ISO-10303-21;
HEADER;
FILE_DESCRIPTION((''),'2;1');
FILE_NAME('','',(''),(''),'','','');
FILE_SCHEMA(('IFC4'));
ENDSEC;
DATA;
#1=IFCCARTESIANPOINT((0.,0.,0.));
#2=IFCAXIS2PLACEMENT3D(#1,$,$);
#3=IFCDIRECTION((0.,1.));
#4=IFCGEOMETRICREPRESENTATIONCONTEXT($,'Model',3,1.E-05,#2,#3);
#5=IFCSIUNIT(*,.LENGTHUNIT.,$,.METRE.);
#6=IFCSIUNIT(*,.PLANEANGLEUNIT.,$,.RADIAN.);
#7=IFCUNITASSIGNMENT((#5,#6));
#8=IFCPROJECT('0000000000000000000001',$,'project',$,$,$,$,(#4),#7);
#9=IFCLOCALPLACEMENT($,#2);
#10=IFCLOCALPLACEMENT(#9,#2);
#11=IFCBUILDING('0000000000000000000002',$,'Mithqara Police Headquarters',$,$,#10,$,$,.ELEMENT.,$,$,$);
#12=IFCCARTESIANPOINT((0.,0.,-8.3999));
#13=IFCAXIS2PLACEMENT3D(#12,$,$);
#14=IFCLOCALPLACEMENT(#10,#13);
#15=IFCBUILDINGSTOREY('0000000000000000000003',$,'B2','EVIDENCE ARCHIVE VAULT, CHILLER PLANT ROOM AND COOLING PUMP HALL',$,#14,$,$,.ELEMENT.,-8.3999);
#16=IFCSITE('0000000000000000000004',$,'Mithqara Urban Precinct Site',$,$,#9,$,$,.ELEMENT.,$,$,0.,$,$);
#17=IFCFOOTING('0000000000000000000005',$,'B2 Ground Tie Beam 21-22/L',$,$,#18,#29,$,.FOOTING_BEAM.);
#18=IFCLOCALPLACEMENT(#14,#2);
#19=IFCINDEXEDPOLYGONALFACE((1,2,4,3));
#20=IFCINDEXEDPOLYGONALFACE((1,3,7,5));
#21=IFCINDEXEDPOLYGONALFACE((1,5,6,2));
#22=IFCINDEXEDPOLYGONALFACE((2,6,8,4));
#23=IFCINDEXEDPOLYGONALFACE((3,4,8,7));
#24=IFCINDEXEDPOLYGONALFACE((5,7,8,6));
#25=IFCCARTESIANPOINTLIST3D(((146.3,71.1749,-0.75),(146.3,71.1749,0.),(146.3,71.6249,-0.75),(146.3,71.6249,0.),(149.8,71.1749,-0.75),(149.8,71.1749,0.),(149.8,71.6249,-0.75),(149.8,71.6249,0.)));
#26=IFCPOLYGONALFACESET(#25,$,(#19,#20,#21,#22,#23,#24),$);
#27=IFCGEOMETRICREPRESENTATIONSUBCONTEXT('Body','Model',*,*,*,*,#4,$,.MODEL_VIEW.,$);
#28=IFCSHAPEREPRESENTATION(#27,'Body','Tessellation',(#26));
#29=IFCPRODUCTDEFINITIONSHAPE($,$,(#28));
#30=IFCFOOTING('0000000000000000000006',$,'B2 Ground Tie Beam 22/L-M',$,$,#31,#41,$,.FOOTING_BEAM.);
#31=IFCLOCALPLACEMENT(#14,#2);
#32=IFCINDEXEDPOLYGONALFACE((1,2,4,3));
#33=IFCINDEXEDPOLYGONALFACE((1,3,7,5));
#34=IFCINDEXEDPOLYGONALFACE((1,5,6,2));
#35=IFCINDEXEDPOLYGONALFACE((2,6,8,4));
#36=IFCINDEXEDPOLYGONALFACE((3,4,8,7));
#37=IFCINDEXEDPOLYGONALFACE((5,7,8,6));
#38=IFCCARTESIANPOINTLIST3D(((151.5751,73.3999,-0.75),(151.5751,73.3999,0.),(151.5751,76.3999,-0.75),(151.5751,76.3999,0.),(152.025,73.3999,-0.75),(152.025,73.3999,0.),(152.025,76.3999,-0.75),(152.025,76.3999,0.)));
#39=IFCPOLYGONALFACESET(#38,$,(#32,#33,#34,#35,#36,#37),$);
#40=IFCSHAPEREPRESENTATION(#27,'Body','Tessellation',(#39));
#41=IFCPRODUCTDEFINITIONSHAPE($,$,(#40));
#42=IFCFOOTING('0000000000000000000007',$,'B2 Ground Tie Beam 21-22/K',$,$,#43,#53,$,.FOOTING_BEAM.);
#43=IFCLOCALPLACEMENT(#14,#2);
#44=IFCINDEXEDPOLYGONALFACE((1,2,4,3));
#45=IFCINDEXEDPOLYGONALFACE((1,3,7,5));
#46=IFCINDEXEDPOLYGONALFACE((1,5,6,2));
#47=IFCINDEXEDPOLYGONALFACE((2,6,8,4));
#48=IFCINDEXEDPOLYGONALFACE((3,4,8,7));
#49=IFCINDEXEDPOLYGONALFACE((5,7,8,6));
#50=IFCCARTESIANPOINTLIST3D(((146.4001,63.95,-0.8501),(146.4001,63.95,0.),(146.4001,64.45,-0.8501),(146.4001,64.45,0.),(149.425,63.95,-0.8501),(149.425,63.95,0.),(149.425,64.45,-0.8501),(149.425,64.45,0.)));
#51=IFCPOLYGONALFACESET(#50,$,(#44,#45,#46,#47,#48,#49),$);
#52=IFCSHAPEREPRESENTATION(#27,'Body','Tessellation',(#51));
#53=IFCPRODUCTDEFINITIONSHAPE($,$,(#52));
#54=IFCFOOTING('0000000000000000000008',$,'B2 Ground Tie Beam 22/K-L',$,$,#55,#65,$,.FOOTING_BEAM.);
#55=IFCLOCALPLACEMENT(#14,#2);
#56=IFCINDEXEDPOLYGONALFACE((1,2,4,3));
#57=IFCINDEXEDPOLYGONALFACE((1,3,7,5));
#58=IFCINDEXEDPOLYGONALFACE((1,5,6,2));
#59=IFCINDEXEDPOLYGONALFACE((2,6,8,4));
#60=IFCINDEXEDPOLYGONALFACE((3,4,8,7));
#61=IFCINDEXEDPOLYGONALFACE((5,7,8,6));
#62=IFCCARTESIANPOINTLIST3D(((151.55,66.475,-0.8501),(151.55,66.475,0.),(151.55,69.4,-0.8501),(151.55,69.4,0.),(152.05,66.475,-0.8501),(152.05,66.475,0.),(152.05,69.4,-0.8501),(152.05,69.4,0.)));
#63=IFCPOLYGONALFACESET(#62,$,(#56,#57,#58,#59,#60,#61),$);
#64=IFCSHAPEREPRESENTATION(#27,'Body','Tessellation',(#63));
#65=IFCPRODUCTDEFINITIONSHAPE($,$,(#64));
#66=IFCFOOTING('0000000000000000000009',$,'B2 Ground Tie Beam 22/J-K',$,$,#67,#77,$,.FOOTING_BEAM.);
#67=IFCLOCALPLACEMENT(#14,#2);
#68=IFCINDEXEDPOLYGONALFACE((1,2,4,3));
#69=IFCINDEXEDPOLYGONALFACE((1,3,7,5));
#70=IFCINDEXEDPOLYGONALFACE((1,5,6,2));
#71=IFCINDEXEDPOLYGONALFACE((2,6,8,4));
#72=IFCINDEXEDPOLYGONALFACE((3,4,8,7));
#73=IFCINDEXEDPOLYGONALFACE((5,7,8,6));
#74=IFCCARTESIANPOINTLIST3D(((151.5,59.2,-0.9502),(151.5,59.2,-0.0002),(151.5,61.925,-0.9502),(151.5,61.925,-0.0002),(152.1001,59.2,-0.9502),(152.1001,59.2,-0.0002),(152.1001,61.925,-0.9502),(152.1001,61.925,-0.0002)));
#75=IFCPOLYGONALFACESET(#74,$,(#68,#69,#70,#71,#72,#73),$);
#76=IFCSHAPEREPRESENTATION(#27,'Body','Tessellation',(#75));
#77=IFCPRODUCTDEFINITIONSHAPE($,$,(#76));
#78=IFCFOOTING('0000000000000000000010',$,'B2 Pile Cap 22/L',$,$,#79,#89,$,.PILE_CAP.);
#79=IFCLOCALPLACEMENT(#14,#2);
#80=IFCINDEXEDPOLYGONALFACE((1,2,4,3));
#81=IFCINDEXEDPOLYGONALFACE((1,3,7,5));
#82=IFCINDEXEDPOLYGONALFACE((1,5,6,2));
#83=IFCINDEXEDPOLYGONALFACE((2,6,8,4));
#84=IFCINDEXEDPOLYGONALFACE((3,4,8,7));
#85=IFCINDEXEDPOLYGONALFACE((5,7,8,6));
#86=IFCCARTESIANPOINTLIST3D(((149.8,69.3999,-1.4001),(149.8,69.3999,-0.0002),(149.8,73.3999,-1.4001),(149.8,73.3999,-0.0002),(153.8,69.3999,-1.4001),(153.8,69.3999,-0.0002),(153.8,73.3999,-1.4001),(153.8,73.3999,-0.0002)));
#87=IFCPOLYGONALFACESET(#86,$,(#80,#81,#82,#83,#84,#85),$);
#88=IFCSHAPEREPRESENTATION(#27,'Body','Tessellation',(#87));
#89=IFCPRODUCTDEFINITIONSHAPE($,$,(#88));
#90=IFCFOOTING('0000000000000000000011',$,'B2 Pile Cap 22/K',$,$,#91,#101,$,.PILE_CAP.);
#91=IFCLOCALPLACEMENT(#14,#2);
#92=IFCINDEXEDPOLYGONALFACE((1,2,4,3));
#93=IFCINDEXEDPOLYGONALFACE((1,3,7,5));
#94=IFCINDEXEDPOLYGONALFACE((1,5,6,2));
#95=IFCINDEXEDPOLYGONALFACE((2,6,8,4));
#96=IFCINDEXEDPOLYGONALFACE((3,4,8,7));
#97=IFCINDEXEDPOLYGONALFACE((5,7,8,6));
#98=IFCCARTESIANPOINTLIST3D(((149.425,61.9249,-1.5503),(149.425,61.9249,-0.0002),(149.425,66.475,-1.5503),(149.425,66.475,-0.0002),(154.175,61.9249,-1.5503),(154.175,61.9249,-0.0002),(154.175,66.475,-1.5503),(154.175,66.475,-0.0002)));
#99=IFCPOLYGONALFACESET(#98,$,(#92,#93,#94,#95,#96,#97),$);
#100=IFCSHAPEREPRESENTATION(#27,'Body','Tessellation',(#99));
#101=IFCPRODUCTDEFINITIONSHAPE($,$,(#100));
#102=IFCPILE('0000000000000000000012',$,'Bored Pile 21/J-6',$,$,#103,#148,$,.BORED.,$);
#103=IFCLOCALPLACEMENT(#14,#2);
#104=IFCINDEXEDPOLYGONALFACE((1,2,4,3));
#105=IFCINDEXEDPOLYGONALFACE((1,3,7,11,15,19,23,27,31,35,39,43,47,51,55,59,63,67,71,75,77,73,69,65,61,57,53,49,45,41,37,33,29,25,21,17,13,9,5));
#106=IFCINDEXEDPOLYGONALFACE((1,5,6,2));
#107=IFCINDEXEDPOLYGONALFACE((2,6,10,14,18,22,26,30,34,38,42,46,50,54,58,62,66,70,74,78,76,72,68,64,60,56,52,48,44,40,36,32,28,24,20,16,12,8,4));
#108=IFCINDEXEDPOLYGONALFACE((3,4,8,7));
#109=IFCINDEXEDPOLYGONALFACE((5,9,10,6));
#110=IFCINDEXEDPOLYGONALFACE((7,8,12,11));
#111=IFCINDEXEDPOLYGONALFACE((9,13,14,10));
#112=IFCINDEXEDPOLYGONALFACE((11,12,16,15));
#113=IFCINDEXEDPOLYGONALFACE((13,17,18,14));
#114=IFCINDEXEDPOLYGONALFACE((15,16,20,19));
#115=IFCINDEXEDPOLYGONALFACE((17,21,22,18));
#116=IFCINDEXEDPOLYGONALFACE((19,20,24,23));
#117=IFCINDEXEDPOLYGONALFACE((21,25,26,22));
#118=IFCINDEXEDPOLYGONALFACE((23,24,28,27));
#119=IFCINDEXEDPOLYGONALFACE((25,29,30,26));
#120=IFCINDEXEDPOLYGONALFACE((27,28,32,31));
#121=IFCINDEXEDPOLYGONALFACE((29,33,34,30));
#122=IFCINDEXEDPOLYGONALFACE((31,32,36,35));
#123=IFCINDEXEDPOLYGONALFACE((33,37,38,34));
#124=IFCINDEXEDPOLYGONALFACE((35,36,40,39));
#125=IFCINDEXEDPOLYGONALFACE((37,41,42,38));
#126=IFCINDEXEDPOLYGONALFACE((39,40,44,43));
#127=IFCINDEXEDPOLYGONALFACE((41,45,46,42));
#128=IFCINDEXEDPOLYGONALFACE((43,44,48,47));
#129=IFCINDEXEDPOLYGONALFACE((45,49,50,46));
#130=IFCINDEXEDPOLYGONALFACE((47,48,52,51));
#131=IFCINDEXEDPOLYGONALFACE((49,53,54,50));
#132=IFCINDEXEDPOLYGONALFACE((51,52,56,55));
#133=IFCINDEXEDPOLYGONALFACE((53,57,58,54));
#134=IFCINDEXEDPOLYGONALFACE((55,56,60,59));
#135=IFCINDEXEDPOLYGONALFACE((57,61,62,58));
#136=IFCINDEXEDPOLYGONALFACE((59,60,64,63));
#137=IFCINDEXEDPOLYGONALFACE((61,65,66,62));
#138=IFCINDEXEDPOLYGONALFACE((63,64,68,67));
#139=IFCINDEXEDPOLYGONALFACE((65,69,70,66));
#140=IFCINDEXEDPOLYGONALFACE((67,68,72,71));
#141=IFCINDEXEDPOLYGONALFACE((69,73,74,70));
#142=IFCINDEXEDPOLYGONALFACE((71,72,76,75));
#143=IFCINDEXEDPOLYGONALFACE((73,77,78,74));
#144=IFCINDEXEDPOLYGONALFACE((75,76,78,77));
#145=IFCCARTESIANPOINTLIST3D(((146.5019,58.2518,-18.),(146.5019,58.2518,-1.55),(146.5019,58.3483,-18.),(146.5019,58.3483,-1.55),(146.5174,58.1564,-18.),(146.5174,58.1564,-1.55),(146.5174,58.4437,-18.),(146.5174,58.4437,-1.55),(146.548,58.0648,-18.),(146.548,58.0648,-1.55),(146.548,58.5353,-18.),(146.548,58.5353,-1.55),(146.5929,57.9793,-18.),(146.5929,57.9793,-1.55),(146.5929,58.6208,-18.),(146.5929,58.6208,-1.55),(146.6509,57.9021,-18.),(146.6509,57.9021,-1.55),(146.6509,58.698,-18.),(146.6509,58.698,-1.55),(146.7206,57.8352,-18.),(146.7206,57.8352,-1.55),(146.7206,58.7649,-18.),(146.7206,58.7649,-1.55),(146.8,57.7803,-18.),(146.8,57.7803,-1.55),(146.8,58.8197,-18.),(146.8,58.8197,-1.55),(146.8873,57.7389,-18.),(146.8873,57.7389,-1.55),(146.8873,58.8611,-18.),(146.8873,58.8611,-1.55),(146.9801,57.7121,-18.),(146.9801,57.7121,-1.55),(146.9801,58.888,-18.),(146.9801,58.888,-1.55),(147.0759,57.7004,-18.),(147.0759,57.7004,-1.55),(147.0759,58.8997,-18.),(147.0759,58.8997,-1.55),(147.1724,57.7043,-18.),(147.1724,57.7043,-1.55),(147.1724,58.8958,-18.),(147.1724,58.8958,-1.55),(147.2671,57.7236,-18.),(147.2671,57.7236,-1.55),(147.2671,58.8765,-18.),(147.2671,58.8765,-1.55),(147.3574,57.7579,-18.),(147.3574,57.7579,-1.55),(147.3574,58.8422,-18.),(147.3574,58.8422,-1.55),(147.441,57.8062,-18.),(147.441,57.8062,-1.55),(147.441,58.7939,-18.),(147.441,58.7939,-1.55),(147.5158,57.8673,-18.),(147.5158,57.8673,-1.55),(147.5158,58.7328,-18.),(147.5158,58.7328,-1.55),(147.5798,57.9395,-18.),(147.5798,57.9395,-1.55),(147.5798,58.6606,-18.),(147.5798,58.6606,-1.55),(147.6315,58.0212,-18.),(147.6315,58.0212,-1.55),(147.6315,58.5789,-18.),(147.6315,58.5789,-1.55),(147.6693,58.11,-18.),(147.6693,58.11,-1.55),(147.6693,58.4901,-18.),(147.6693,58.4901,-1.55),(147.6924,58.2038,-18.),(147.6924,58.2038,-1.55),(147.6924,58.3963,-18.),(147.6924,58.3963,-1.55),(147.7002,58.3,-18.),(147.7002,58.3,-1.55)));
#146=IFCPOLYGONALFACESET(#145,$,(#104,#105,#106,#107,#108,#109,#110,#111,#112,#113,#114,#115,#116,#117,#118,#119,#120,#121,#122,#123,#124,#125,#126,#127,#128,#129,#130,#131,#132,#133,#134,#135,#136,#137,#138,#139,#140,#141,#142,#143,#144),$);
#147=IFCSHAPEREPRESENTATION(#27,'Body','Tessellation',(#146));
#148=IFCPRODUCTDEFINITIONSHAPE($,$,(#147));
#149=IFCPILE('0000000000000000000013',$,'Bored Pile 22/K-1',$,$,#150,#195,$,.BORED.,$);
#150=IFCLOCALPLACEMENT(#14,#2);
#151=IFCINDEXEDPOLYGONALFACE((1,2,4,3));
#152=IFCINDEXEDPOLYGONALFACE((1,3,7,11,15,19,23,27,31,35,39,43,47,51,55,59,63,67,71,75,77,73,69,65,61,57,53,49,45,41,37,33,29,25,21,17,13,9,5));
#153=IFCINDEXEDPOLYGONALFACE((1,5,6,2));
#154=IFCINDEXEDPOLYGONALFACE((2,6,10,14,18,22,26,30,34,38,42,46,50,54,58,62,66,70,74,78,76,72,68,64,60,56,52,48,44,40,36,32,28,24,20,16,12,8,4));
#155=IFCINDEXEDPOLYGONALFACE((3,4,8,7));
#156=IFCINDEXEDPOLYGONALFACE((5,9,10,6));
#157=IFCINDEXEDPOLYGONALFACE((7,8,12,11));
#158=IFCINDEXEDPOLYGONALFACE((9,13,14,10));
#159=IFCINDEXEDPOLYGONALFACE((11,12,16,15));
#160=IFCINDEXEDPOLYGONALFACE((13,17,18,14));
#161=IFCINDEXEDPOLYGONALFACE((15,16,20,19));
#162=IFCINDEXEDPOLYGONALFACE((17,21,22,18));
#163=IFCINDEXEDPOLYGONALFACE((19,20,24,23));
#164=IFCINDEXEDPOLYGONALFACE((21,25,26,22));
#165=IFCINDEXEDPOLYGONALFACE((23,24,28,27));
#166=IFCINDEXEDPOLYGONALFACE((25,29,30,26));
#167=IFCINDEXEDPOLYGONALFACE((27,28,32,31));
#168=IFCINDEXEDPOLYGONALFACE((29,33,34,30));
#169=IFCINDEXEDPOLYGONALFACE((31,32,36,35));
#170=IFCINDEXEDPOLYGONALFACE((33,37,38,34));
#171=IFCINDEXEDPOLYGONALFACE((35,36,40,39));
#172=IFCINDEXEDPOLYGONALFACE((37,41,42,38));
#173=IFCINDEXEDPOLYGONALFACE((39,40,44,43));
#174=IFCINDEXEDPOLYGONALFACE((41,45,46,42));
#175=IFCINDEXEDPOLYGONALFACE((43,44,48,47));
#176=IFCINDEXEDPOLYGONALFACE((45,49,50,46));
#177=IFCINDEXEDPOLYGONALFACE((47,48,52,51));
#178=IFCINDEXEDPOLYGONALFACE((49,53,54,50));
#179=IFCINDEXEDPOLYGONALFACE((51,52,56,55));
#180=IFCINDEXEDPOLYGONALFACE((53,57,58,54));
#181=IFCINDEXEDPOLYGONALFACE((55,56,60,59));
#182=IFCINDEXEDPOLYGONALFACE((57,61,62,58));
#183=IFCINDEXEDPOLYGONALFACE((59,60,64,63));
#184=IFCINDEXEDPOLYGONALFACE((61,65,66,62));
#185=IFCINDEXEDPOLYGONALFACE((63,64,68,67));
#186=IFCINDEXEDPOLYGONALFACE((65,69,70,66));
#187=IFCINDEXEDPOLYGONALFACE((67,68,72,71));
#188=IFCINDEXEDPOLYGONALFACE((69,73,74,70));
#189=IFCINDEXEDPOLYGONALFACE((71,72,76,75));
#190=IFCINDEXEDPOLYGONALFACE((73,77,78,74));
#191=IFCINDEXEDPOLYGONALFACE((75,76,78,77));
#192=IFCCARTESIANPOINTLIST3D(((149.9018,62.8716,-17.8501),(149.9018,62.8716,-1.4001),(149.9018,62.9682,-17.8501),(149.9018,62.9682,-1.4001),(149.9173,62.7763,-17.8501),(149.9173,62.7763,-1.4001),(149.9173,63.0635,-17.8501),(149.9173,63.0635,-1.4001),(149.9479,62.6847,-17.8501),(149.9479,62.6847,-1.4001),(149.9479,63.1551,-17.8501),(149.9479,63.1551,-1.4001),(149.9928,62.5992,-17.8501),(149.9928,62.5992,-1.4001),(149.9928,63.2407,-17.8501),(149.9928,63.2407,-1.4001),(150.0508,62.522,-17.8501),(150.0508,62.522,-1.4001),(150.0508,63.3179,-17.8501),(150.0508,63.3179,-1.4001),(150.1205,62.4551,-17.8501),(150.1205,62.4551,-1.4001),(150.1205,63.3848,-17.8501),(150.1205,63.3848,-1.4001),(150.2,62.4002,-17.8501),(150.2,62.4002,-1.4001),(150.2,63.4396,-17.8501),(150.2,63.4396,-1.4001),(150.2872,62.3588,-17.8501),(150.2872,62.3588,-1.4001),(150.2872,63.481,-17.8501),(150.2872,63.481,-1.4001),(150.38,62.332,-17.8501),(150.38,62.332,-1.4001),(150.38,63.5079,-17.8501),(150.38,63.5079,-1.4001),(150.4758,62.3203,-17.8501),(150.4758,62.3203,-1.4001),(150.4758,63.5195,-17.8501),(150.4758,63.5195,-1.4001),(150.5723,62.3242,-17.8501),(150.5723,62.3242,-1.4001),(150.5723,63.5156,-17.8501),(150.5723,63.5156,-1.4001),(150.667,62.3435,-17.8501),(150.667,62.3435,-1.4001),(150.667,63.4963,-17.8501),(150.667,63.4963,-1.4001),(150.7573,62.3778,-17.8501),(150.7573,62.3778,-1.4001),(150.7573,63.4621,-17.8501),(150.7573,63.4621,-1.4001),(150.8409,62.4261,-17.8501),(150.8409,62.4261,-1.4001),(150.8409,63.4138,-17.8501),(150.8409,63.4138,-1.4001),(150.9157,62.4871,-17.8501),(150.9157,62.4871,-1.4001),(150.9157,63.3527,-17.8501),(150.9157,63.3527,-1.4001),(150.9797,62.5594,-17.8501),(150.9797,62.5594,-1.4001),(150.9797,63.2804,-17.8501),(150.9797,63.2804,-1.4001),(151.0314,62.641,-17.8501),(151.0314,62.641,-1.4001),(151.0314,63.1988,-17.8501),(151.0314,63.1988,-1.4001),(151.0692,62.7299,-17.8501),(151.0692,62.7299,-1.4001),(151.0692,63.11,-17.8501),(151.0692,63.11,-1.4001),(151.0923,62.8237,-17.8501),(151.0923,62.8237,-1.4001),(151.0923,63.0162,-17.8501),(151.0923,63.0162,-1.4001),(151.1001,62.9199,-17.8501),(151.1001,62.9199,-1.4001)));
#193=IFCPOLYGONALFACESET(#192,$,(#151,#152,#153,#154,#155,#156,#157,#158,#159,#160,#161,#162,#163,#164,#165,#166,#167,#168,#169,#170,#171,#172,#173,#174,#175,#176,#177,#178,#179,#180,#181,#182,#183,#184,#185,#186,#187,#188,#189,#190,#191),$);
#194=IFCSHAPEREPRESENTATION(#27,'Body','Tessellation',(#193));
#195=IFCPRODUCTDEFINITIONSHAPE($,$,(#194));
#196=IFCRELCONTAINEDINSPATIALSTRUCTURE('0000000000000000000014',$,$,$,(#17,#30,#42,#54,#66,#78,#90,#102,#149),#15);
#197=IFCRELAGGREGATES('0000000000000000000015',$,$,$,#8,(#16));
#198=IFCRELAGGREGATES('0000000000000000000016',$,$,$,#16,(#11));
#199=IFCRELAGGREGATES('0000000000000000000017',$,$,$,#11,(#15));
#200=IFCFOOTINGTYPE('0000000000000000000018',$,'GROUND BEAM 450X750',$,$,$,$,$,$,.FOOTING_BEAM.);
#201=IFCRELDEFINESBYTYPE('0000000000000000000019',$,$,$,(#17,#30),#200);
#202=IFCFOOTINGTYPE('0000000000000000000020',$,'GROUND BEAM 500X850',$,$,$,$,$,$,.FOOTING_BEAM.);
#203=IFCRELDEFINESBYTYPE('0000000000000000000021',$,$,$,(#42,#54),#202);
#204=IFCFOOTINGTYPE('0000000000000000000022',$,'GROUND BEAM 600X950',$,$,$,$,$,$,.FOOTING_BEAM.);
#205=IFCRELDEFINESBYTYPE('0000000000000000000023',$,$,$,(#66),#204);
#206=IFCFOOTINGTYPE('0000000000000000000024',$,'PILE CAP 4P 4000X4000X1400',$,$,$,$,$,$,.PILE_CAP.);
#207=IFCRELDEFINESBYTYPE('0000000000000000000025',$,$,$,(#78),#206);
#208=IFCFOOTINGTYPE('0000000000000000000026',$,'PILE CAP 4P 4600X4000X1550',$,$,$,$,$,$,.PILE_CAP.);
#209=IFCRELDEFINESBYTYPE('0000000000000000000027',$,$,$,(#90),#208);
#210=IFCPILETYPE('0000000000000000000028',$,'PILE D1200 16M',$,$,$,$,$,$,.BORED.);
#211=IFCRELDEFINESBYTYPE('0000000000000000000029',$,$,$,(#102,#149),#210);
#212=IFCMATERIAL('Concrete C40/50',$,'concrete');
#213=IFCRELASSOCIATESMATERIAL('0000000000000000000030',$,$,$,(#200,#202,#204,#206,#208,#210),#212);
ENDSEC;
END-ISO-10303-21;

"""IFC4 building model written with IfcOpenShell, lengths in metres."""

from ifc_helpers import new_model, si_unit, direction, frame, origin, origin_2d, place, context, subcontext, project, spatial, rectangle, circle, extrude, material, material_profile, profile_set, type_object, element, save


model = new_model("IFC4")

# Units and contexts
model_context = context("Model", 3, precision=1e-05, world=origin(), true_north=direction((0.0, 1.0)))
body_context = subcontext(model_context, "Body", "Model", "MODEL_VIEW")
ifc_project = project(units=[si_unit("LENGTHUNIT", "METRE"), si_unit("PLANEANGLEUNIT", "RADIAN")], contexts=[model_context])

# Site, building, storey
site_placement = place(None, origin())
site = spatial("IfcSite", under=ifc_project, at=site_placement, Name="Mithqara Urban Precinct Site", CompositionType="ELEMENT", RefElevation=0.0)
building_placement = place(site_placement, origin())
building = spatial("IfcBuilding", under=site, at=building_placement, Name="Mithqara Police Headquarters", CompositionType="ELEMENT")
storey_placement = place(building_placement, frame((0.0, 0.0, -8.3999)))
storey = spatial("IfcBuildingStorey", under=building, at=storey_placement, Name="B2", Description="EVIDENCE ARCHIVE VAULT, CHILLER PLANT ROOM AND COOLING PUMP HALL", CompositionType="ELEMENT", Elevation=-8.3999)

# Footings
ifc_material_1 = material(Name="Concrete C40/50", Category="concrete")
footing_type_1 = type_object("IfcFootingType", Name="GROUND BEAM 450X750", PredefinedType="FOOTING_BEAM", material=ifc_material_1)
footing_1_placement = place(storey_placement, frame((148.05, 71.3999, -0.75), z_axis=(0.0, 0.0, 1.0), x_axis=(1.0, 0.0, 0.0)))
element("IfcFooting", 1, at=footing_1_placement, inside=storey, type_object=footing_type_1, Name="B2 Ground Tie Beam 21-22/L", PredefinedType="FOOTING_BEAM", context=body_context, shape_type="SweptSolid", body=[
    extrude(rectangle(XDim=3.5, YDim=0.45, at=origin_2d()), origin(), (0.0, 0.0, 1.0), 0.75),
])
footing_2_placement = place(storey_placement, frame((151.8, 74.8999, -0.75), z_axis=(0.0, 0.0, 1.0), x_axis=(1.0, 0.0, 0.0)))
element("IfcFooting", 2, at=footing_2_placement, inside=storey, type_object=footing_type_1, Name="B2 Ground Tie Beam 22/L-M", PredefinedType="FOOTING_BEAM", context=body_context, shape_type="SweptSolid", body=[
    extrude(rectangle(XDim=0.45, YDim=3.0, at=origin_2d()), origin(), (0.0, 0.0, 1.0), 0.75),
])
footing_type_2 = type_object("IfcFootingType", Name="GROUND BEAM 500X850", PredefinedType="FOOTING_BEAM", material=ifc_material_1)
footing_3_placement = place(storey_placement, frame((147.9126, 64.2, -0.8501), z_axis=(0.0, 0.0, 1.0), x_axis=(1.0, 0.0, 0.0)))
element("IfcFooting", 3, at=footing_3_placement, inside=storey, type_object=footing_type_2, Name="B2 Ground Tie Beam 21-22/K", PredefinedType="FOOTING_BEAM", context=body_context, shape_type="SweptSolid", body=[
    extrude(rectangle(XDim=3.0249, YDim=0.5, at=origin_2d()), origin(), (0.0, 0.0, 1.0), 0.8501),
])
footing_4_placement = place(storey_placement, frame((151.8, 67.9375, -0.8501), z_axis=(0.0, 0.0, 1.0), x_axis=(1.0, 0.0, 0.0)))
element("IfcFooting", 4, at=footing_4_placement, inside=storey, type_object=footing_type_2, Name="B2 Ground Tie Beam 22/K-L", PredefinedType="FOOTING_BEAM", context=body_context, shape_type="SweptSolid", body=[
    extrude(rectangle(XDim=0.5, YDim=2.925, at=origin_2d()), origin(), (0.0, 0.0, 1.0), 0.8501),
])
footing_type_3 = type_object("IfcFootingType", Name="GROUND BEAM 600X950", PredefinedType="FOOTING_BEAM", material=ifc_material_1)
footing_5_placement = place(storey_placement, frame((151.8, 60.5625, -0.9502), z_axis=(0.0, 0.0, 1.0), x_axis=(1.0, 0.0, 0.0)))
element("IfcFooting", 5, at=footing_5_placement, inside=storey, type_object=footing_type_3, Name="B2 Ground Tie Beam 22/J-K", PredefinedType="FOOTING_BEAM", context=body_context, shape_type="SweptSolid", body=[
    extrude(rectangle(XDim=0.6001, YDim=2.7251, at=origin_2d()), origin(), (0.0, 0.0, 1.0), 0.95),
])
footing_type_4 = type_object("IfcFootingType", Name="PILE CAP 4P 4000X4000X1400", PredefinedType="PILE_CAP", material=ifc_material_1)
footing_6_placement = place(storey_placement, frame((151.8, 71.3999, -1.4001), z_axis=(0.0, 0.0, 1.0), x_axis=(1.0, 0.0, 0.0)))
element("IfcFooting", 6, at=footing_6_placement, inside=storey, type_object=footing_type_4, Name="B2 Pile Cap 22/L", PredefinedType="PILE_CAP", context=body_context, shape_type="SweptSolid", body=[
    extrude(rectangle(XDim=4.0, YDim=4.0, at=origin_2d()), origin(), (0.0, 0.0, 1.0), 1.3999),
])
footing_type_5 = type_object("IfcFootingType", Name="PILE CAP 4P 4600X4000X1550", PredefinedType="PILE_CAP", material=ifc_material_1)
footing_7_placement = place(storey_placement, frame((151.8, 64.2, -1.5503), z_axis=(0.0, 0.0, 1.0), x_axis=(1.0, 0.0, 0.0)))
element("IfcFooting", 7, at=footing_7_placement, inside=storey, type_object=footing_type_5, Name="B2 Pile Cap 22/K", PredefinedType="PILE_CAP", context=body_context, shape_type="SweptSolid", body=[
    extrude(rectangle(XDim=4.75, YDim=4.55, at=origin_2d()), origin(), (0.0, 0.0, 1.0), 1.55),
])

# Piles
ifc_material_profile_1 = material_profile(ifc_material_1, circle(Radius=0.6001, at=origin_2d()), Name="PILE D1200")
ifc_profile_set_1 = profile_set([ifc_material_profile_1], Name="Concrete C40/50")
pile_type_1 = type_object("IfcPileType", Name="PILE D1200 16M", PredefinedType="BORED", material=ifc_profile_set_1)
for number, where, z_axis, x_axis, name in (
    (8, (147.1001, 58.3, -1.55), (0.0, 0.0, -1.0), (1.0, 0.0, 0.0), "Bored Pile 21/J-6"),
    (9, (150.5, 62.9199, -1.4001), (0.0, 0.0, -1.0), (1.0, 0.0, 0.0), "Bored Pile 22/K-1"),
):
    element("IfcPile", number, at=place(storey_placement, frame(where, z_axis=z_axis, x_axis=x_axis)), inside=storey, type_object=pile_type_1, Name=name, PredefinedType="BORED", context=body_context, shape_type="SweptSolid", body=[
        extrude(circle(Radius=0.6001, at=origin_2d()), origin(), (0.0, 0.0, 1.0), 16.45),
    ])

save(model, "model.ifc")
